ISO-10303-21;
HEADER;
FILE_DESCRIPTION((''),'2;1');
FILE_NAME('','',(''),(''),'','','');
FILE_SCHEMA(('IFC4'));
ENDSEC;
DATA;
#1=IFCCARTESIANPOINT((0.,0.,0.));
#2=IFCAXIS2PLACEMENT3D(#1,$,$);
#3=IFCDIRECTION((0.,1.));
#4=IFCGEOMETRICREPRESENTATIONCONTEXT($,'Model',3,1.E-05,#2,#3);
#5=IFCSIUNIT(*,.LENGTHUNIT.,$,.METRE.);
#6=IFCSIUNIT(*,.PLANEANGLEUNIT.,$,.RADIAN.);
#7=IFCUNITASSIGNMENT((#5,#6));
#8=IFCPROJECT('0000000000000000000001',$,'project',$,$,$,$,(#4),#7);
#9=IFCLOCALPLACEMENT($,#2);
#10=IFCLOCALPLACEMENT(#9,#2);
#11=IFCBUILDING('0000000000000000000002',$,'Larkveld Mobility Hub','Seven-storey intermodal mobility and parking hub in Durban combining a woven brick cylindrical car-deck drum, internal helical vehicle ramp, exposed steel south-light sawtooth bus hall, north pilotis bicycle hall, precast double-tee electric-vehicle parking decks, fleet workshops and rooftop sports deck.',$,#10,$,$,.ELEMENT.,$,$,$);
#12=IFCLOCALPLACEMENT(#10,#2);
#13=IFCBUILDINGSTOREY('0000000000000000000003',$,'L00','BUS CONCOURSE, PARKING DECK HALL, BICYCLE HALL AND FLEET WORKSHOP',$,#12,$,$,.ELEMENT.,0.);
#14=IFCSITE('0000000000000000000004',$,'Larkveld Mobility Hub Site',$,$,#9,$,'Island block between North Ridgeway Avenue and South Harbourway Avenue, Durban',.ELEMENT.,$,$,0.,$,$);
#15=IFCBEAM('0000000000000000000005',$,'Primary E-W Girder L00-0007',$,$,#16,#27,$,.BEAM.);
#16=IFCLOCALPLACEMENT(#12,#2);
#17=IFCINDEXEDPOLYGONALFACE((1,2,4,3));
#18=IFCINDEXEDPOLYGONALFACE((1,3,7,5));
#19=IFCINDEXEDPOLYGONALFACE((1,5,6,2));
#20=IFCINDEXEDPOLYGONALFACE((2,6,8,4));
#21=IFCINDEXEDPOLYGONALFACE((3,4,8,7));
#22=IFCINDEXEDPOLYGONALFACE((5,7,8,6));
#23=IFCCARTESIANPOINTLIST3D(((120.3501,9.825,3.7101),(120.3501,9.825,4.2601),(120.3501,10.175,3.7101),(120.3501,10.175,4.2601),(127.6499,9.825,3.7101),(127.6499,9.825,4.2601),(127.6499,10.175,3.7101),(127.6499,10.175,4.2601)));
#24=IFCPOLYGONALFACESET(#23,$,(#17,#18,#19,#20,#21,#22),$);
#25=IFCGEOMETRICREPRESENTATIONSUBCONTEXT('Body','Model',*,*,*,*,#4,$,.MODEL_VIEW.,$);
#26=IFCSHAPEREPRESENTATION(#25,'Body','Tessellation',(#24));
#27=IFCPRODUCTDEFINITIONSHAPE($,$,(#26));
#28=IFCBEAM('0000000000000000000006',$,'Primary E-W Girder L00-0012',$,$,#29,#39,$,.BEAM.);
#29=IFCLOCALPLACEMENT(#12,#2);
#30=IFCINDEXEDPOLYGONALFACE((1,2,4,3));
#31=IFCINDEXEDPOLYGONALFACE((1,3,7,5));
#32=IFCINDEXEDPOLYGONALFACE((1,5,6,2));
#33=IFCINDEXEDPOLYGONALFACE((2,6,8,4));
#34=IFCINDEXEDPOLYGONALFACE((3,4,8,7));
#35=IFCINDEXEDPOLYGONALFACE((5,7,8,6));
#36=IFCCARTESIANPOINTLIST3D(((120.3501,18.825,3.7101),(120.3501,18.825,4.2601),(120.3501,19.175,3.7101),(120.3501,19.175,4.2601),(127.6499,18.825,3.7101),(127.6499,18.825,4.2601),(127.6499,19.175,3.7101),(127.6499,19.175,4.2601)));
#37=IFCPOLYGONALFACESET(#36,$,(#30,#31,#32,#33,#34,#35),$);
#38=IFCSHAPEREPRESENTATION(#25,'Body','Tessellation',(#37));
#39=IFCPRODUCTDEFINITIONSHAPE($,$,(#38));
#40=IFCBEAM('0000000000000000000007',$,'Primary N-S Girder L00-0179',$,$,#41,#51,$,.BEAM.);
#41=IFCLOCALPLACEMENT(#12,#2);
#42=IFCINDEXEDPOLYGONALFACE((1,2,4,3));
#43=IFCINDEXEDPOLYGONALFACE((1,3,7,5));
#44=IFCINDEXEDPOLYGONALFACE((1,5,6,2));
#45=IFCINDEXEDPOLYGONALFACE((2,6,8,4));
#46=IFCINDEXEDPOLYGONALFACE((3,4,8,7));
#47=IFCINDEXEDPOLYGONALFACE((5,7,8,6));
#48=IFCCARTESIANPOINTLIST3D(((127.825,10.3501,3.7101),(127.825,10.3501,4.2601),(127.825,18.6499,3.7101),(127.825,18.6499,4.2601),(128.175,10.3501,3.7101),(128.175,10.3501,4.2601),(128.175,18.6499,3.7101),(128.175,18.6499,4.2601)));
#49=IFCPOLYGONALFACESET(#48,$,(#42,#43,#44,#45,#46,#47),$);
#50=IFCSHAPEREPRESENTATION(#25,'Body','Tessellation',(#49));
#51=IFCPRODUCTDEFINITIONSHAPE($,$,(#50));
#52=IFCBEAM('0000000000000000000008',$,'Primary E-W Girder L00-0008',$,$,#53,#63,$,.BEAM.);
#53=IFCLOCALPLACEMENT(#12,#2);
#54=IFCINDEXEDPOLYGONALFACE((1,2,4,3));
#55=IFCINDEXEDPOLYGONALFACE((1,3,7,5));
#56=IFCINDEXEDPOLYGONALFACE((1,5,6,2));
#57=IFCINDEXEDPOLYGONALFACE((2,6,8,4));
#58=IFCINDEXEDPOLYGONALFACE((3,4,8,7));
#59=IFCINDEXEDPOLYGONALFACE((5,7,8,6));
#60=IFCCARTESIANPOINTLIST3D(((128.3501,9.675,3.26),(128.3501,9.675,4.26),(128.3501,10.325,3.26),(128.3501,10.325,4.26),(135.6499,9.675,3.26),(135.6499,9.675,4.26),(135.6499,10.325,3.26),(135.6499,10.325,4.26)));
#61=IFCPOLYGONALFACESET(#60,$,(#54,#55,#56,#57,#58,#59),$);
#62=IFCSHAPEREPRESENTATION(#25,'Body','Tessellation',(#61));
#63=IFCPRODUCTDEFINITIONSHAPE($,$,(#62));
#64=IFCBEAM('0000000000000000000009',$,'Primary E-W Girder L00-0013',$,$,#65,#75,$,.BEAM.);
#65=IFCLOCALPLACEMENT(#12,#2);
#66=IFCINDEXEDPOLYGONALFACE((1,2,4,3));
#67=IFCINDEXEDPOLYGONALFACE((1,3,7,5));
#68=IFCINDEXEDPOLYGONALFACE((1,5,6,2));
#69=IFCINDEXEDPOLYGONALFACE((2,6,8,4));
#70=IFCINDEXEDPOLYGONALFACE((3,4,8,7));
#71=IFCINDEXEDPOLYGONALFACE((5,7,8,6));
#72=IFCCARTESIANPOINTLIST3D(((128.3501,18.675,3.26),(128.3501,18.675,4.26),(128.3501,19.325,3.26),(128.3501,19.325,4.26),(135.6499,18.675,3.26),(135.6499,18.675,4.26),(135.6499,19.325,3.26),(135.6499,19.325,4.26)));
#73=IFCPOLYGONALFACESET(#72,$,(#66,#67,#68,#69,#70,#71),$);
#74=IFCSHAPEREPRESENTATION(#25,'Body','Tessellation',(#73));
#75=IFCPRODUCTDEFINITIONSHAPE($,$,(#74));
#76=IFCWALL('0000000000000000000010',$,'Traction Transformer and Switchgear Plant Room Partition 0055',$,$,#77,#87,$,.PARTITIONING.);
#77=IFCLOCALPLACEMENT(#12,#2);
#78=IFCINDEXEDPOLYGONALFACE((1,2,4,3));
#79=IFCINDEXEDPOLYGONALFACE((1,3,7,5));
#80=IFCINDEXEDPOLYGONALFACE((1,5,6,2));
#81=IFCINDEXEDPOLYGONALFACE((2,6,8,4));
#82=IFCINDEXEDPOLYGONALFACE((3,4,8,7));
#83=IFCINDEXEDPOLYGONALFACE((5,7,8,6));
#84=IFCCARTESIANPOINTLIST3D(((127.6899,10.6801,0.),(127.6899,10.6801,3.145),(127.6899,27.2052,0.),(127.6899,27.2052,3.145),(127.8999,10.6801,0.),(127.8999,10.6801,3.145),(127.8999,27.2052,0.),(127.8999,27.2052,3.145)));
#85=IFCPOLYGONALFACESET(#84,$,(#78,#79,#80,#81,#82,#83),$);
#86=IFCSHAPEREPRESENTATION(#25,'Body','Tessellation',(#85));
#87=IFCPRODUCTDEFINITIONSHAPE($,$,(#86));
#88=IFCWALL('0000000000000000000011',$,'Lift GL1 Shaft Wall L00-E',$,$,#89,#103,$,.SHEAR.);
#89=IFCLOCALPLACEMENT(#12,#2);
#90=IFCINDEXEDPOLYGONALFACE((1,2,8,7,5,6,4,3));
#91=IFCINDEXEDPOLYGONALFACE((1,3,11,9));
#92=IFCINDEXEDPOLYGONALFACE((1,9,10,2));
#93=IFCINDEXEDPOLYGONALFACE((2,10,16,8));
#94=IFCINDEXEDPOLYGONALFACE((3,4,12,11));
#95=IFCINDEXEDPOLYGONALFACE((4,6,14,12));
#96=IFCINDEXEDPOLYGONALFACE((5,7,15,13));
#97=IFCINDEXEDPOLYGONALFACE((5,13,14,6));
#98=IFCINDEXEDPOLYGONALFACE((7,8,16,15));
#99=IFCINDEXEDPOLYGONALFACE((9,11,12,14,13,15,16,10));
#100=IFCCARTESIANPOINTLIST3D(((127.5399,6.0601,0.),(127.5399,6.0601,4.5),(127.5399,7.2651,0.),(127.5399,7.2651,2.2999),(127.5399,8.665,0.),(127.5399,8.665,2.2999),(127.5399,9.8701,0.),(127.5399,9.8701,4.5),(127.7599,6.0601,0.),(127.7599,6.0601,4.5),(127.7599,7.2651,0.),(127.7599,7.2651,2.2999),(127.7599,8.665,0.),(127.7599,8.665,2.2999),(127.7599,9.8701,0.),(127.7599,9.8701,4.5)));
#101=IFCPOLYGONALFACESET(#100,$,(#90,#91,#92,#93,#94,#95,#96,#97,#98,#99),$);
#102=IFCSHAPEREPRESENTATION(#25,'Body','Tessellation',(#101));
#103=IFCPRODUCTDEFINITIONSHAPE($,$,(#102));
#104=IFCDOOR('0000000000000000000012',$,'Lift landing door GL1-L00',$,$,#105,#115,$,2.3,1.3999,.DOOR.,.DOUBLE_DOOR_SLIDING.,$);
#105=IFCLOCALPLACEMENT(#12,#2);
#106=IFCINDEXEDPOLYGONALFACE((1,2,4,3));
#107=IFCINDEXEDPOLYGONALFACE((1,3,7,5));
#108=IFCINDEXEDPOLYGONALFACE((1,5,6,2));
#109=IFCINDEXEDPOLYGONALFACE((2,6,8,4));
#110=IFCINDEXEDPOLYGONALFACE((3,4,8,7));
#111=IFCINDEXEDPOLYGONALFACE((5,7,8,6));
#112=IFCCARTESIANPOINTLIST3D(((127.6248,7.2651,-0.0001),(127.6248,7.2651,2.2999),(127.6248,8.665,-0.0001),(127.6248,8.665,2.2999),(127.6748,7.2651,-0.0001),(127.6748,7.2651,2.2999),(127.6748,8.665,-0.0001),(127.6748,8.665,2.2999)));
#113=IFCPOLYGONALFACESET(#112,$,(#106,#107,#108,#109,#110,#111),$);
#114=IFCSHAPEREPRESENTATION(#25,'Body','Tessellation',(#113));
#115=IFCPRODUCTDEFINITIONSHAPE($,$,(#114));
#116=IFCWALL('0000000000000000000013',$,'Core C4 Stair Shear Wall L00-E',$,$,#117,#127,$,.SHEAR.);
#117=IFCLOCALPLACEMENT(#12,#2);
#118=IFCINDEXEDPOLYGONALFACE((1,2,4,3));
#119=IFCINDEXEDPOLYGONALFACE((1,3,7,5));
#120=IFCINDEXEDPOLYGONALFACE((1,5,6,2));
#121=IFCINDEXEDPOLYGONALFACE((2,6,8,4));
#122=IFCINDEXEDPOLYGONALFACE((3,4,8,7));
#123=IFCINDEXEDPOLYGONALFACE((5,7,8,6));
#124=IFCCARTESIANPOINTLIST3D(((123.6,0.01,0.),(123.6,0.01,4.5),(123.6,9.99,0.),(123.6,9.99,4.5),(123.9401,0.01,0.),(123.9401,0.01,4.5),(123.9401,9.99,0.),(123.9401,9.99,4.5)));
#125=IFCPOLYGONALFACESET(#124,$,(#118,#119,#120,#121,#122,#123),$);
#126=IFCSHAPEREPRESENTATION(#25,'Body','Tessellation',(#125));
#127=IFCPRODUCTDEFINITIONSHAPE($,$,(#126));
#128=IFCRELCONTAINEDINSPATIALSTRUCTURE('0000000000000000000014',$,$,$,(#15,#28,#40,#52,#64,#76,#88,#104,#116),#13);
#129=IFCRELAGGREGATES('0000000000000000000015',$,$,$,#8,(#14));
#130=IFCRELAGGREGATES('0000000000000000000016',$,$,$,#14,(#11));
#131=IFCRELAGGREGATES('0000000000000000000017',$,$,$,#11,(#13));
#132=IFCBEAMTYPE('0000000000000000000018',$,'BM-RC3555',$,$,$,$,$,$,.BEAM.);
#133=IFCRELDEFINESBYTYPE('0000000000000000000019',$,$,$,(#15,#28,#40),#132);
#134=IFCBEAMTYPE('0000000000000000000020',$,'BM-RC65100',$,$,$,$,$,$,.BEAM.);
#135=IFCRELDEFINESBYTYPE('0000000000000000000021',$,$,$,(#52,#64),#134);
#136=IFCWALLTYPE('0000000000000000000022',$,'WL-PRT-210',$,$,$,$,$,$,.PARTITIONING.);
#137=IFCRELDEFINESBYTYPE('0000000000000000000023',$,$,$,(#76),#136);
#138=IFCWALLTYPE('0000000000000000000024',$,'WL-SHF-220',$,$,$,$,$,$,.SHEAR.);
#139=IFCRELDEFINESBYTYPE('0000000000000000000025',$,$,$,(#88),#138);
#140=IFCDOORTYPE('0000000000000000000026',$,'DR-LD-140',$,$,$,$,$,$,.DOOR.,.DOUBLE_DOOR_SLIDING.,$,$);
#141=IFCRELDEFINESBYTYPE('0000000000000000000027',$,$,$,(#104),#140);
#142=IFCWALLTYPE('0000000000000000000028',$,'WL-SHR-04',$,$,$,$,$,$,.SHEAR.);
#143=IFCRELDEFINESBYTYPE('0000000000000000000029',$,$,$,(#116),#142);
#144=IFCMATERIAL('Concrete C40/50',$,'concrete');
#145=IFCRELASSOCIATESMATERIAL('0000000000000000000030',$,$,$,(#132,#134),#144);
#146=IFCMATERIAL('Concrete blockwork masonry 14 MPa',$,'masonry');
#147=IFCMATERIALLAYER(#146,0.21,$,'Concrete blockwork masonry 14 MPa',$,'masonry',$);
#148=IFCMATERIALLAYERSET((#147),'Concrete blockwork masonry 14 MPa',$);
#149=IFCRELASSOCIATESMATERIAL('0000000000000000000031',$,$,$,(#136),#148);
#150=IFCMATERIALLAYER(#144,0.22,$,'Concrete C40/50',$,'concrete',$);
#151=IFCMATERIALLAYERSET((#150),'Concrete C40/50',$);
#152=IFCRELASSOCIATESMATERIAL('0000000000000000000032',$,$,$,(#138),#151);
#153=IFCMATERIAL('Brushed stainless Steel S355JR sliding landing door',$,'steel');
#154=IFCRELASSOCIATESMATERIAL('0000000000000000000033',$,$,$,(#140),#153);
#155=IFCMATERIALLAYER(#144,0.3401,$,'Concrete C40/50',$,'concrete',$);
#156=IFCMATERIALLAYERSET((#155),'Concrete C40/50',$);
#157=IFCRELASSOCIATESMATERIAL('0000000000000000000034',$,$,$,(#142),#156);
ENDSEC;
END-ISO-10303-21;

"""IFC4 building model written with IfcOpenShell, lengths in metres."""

from ifc_helpers import new_model, si_unit, direction, frame, frame_2d, origin, origin_2d, place, context, subcontext, project, spatial, rectangle, extrude, material, layer, layer_set, material_profile, profile_set, type_object, element, fill, save


model = new_model("IFC4")

# Units and contexts
model_context = context("Model", 3, precision=1e-05, world=origin(), true_north=direction((0.0, 1.0)))
body_context = subcontext(model_context, "Body", "Model", "MODEL_VIEW")
ifc_project = project(units=[si_unit("LENGTHUNIT", "METRE"), si_unit("PLANEANGLEUNIT", "RADIAN")], contexts=[model_context])

# Site, building, storey
site_placement = place(None, origin())
site = spatial("IfcSite", under=ifc_project, at=site_placement, Name="Larkveld Mobility Hub Site", LongName="Island block between North Ridgeway Avenue and South Harbourway Avenue, Durban", CompositionType="ELEMENT", RefElevation=0.0)
building_placement = place(site_placement, origin())
building = spatial("IfcBuilding", under=site, at=building_placement, Name="Larkveld Mobility Hub", Description="Seven-storey intermodal mobility and parking hub in Durban combining a woven brick cylindrical car-deck drum, internal helical vehicle ramp, exposed steel south-light sawtooth bus hall, north pilotis bicycle hall, precast double-tee electric-vehicle parking decks, fleet workshops and rooftop sports deck.", CompositionType="ELEMENT")
storey_placement = place(building_placement, origin())
storey = spatial("IfcBuildingStorey", under=building, at=storey_placement, Name="L00", Description="BUS CONCOURSE, PARKING DECK HALL, BICYCLE HALL AND FLEET WORKSHOP", CompositionType="ELEMENT", Elevation=0.0)

# Shared definitions
ifc_material_1 = material(Name="Concrete C40/50", Category="concrete")

# Beams
ifc_material_profile_1 = material_profile(ifc_material_1, rectangle(XDim=0.3501, YDim=0.55, at=origin_2d()), Name="RC BM 350x550")
ifc_profile_set_1 = profile_set([ifc_material_profile_1], Name="Concrete C40/50")
beam_type_1 = type_object("IfcBeamType", Name="BM-RC3555", PredefinedType="BEAM", material=ifc_profile_set_1)
for number, where, z_axis, x_axis, name in (
    (1, (120.3501, 10.0, 3.9851), (1.0, 0.0, 0.0), (0.0, 1.0, 0.0), "Primary E-W Girder L00-0007"),
    (2, (120.3501, 19.0, 3.9851), (1.0, 0.0, 0.0), (0.0, 1.0, 0.0), "Primary E-W Girder L00-0012"),
):
    element("IfcBeam", number, at=place(storey_placement, frame(where, z_axis=z_axis, x_axis=x_axis)), inside=storey, type_object=beam_type_1, Name=name, PredefinedType="BEAM", context=body_context, shape_type="SweptSolid", body=[
        extrude(rectangle(XDim=0.3501, YDim=0.55, at=origin_2d()), origin(), (0.0, 0.0, 1.0), 7.2998),
    ])
beam_placement = place(storey_placement, frame((128.0, 10.3501, 3.9851), z_axis=(0.0, 1.0, 0.0), x_axis=(-1.0, 0.0, 0.0)))
element("IfcBeam", 3, at=beam_placement, inside=storey, type_object=beam_type_1, Name="Primary N-S Girder L00-0179", PredefinedType="BEAM", context=body_context, shape_type="SweptSolid", body=[
    extrude(rectangle(XDim=0.3501, YDim=0.55, at=origin_2d()), origin(), (0.0, 0.0, 1.0), 8.2998),
])
ifc_material_profile_2 = material_profile(ifc_material_1, rectangle(XDim=0.6499, YDim=1.0, at=origin_2d()), Name="RC BM 650x1000")
ifc_profile_set_2 = profile_set([ifc_material_profile_2], Name="Concrete C40/50")
beam_type_2 = type_object("IfcBeamType", Name="BM-RC65100", PredefinedType="BEAM", material=ifc_profile_set_2)
for number, where, z_axis, x_axis, name in (
    (4, (128.3501, 10.0, 3.76), (1.0, 0.0, 0.0), (0.0, 1.0, 0.0), "Primary E-W Girder L00-0008"),
    (5, (128.3501, 19.0, 3.76), (1.0, 0.0, 0.0), (0.0, 1.0, 0.0), "Primary E-W Girder L00-0013"),
):
    element("IfcBeam", number, at=place(storey_placement, frame(where, z_axis=z_axis, x_axis=x_axis)), inside=storey, type_object=beam_type_2, Name=name, PredefinedType="BEAM", context=body_context, shape_type="SweptSolid", body=[
        extrude(rectangle(XDim=0.6499, YDim=1.0, at=origin_2d()), origin(), (0.0, 0.0, 1.0), 7.2998),
    ])

# Wall
ifc_material_2 = material(Name="Concrete blockwork masonry 14 MPa", Category="masonry")
ifc_layer_1 = layer(ifc_material_2, 0.21, Name="Concrete blockwork masonry 14 MPa", Category="masonry")
ifc_layer_set_1 = layer_set([ifc_layer_1], Name="Concrete blockwork masonry 14 MPa")
wall_type_1 = type_object("IfcWallType", Name="WL-PRT-210", PredefinedType="PARTITIONING", material=ifc_layer_set_1)
wall_1_placement = place(storey_placement, frame((127.7949, 10.6799, 0.0), z_axis=(0.0, 0.0, 1.0), x_axis=(0.0, 1.0, 0.0)))
element("IfcWall", 6, at=wall_1_placement, inside=storey, type_object=wall_type_1, Name="Traction Transformer and Switchgear Plant Room Partition 0055", PredefinedType="PARTITIONING", context=body_context, shape_type="SweptSolid", body=[
    extrude(rectangle(XDim=16.5251, YDim=0.21, at=frame_2d((8.2627, 0.0))), origin(), (0.0, 0.0, 1.0), 3.145),
])

# Wall, opening, door
ifc_layer_2 = layer(ifc_material_1, 0.22, Name="Concrete C40/50", Category="concrete")
ifc_layer_set_2 = layer_set([ifc_layer_2], Name="Concrete C40/50")
wall_type_2 = type_object("IfcWallType", Name="WL-SHF-220", PredefinedType="SHEAR", material=ifc_layer_set_2)
wall_2_placement = place(storey_placement, frame((127.6499, 9.8701, 0.0), z_axis=(0.0, 0.0, 1.0), x_axis=(0.0, -1.0, 0.0)))
wall_2 = element("IfcWall", 7, at=wall_2_placement, inside=storey, type_object=wall_type_2, Name="Lift GL1 Shaft Wall L00-E", PredefinedType="SHEAR", context=body_context, shape_type="SweptSolid", body=[
    extrude(rectangle(XDim=3.8101, YDim=0.22, at=frame_2d((1.905, 0.0))), origin(), (0.0, 0.0, 1.0), 4.5),
])
opening_placement = place(wall_2_placement, frame((1.2051, 0.0, 0.0)))
opening = element("IfcOpeningElement", 8, at=opening_placement, cuts=wall_2, PredefinedType="OPENING", context=body_context, shape_type="SweptSolid", body=[
    extrude(rectangle(XDim=1.3999, YDim=2.3, at=frame_2d((0.7, 1.1499))), frame((0.0, 0.1201, 0.0), z_axis=(0.0, -1.0, 0.0), x_axis=(1.0, 0.0, 0.0)), (0.0, 0.0, 1.0), 0.24),
])
ifc_material_3 = material(Name="Brushed stainless Steel S355JR sliding landing door", Category="steel")
door_type = type_object("IfcDoorType", Name="DR-LD-140", OperationType="DOUBLE_DOOR_SLIDING", PredefinedType="DOOR", material=ifc_material_3)
door_placement = place(opening_placement, origin())
door = element("IfcDoor", 9, at=door_placement, inside=storey, type_object=door_type, Name="Lift landing door GL1-L00", OperationType="DOUBLE_DOOR_SLIDING", OverallHeight=2.3, OverallWidth=1.3999, PredefinedType="DOOR", context=body_context, shape_type="SweptSolid", body=[
    extrude(rectangle(XDim=1.3999, YDim=2.3, at=frame_2d((0.7, 1.1499))), frame((0.0, 0.0249, 0.0), z_axis=(0.0, -1.0, 0.0), x_axis=(1.0, 0.0, 0.0)), (0.0, 0.0, 1.0), 0.05),
])
fill(opening, door)

# Wall
ifc_layer_3 = layer(ifc_material_1, 0.3401, Name="Concrete C40/50", Category="concrete")
ifc_layer_set_3 = layer_set([ifc_layer_3], Name="Concrete C40/50")
wall_type_3 = type_object("IfcWallType", Name="WL-SHR-04", PredefinedType="SHEAR", material=ifc_layer_set_3)
wall_3_placement = place(storey_placement, frame((123.77, 9.99, 0.0), z_axis=(0.0, 0.0, 1.0), x_axis=(0.0, -1.0, 0.0)))
element("IfcWall", 10, at=wall_3_placement, inside=storey, type_object=wall_type_3, Name="Core C4 Stair Shear Wall L00-E", PredefinedType="SHEAR", context=body_context, shape_type="SweptSolid", body=[
    extrude(rectangle(XDim=9.98, YDim=0.3401, at=frame_2d((4.99, 0.0))), origin(), (0.0, 0.0, 1.0), 4.5),
])

save(model, "model.ifc")
